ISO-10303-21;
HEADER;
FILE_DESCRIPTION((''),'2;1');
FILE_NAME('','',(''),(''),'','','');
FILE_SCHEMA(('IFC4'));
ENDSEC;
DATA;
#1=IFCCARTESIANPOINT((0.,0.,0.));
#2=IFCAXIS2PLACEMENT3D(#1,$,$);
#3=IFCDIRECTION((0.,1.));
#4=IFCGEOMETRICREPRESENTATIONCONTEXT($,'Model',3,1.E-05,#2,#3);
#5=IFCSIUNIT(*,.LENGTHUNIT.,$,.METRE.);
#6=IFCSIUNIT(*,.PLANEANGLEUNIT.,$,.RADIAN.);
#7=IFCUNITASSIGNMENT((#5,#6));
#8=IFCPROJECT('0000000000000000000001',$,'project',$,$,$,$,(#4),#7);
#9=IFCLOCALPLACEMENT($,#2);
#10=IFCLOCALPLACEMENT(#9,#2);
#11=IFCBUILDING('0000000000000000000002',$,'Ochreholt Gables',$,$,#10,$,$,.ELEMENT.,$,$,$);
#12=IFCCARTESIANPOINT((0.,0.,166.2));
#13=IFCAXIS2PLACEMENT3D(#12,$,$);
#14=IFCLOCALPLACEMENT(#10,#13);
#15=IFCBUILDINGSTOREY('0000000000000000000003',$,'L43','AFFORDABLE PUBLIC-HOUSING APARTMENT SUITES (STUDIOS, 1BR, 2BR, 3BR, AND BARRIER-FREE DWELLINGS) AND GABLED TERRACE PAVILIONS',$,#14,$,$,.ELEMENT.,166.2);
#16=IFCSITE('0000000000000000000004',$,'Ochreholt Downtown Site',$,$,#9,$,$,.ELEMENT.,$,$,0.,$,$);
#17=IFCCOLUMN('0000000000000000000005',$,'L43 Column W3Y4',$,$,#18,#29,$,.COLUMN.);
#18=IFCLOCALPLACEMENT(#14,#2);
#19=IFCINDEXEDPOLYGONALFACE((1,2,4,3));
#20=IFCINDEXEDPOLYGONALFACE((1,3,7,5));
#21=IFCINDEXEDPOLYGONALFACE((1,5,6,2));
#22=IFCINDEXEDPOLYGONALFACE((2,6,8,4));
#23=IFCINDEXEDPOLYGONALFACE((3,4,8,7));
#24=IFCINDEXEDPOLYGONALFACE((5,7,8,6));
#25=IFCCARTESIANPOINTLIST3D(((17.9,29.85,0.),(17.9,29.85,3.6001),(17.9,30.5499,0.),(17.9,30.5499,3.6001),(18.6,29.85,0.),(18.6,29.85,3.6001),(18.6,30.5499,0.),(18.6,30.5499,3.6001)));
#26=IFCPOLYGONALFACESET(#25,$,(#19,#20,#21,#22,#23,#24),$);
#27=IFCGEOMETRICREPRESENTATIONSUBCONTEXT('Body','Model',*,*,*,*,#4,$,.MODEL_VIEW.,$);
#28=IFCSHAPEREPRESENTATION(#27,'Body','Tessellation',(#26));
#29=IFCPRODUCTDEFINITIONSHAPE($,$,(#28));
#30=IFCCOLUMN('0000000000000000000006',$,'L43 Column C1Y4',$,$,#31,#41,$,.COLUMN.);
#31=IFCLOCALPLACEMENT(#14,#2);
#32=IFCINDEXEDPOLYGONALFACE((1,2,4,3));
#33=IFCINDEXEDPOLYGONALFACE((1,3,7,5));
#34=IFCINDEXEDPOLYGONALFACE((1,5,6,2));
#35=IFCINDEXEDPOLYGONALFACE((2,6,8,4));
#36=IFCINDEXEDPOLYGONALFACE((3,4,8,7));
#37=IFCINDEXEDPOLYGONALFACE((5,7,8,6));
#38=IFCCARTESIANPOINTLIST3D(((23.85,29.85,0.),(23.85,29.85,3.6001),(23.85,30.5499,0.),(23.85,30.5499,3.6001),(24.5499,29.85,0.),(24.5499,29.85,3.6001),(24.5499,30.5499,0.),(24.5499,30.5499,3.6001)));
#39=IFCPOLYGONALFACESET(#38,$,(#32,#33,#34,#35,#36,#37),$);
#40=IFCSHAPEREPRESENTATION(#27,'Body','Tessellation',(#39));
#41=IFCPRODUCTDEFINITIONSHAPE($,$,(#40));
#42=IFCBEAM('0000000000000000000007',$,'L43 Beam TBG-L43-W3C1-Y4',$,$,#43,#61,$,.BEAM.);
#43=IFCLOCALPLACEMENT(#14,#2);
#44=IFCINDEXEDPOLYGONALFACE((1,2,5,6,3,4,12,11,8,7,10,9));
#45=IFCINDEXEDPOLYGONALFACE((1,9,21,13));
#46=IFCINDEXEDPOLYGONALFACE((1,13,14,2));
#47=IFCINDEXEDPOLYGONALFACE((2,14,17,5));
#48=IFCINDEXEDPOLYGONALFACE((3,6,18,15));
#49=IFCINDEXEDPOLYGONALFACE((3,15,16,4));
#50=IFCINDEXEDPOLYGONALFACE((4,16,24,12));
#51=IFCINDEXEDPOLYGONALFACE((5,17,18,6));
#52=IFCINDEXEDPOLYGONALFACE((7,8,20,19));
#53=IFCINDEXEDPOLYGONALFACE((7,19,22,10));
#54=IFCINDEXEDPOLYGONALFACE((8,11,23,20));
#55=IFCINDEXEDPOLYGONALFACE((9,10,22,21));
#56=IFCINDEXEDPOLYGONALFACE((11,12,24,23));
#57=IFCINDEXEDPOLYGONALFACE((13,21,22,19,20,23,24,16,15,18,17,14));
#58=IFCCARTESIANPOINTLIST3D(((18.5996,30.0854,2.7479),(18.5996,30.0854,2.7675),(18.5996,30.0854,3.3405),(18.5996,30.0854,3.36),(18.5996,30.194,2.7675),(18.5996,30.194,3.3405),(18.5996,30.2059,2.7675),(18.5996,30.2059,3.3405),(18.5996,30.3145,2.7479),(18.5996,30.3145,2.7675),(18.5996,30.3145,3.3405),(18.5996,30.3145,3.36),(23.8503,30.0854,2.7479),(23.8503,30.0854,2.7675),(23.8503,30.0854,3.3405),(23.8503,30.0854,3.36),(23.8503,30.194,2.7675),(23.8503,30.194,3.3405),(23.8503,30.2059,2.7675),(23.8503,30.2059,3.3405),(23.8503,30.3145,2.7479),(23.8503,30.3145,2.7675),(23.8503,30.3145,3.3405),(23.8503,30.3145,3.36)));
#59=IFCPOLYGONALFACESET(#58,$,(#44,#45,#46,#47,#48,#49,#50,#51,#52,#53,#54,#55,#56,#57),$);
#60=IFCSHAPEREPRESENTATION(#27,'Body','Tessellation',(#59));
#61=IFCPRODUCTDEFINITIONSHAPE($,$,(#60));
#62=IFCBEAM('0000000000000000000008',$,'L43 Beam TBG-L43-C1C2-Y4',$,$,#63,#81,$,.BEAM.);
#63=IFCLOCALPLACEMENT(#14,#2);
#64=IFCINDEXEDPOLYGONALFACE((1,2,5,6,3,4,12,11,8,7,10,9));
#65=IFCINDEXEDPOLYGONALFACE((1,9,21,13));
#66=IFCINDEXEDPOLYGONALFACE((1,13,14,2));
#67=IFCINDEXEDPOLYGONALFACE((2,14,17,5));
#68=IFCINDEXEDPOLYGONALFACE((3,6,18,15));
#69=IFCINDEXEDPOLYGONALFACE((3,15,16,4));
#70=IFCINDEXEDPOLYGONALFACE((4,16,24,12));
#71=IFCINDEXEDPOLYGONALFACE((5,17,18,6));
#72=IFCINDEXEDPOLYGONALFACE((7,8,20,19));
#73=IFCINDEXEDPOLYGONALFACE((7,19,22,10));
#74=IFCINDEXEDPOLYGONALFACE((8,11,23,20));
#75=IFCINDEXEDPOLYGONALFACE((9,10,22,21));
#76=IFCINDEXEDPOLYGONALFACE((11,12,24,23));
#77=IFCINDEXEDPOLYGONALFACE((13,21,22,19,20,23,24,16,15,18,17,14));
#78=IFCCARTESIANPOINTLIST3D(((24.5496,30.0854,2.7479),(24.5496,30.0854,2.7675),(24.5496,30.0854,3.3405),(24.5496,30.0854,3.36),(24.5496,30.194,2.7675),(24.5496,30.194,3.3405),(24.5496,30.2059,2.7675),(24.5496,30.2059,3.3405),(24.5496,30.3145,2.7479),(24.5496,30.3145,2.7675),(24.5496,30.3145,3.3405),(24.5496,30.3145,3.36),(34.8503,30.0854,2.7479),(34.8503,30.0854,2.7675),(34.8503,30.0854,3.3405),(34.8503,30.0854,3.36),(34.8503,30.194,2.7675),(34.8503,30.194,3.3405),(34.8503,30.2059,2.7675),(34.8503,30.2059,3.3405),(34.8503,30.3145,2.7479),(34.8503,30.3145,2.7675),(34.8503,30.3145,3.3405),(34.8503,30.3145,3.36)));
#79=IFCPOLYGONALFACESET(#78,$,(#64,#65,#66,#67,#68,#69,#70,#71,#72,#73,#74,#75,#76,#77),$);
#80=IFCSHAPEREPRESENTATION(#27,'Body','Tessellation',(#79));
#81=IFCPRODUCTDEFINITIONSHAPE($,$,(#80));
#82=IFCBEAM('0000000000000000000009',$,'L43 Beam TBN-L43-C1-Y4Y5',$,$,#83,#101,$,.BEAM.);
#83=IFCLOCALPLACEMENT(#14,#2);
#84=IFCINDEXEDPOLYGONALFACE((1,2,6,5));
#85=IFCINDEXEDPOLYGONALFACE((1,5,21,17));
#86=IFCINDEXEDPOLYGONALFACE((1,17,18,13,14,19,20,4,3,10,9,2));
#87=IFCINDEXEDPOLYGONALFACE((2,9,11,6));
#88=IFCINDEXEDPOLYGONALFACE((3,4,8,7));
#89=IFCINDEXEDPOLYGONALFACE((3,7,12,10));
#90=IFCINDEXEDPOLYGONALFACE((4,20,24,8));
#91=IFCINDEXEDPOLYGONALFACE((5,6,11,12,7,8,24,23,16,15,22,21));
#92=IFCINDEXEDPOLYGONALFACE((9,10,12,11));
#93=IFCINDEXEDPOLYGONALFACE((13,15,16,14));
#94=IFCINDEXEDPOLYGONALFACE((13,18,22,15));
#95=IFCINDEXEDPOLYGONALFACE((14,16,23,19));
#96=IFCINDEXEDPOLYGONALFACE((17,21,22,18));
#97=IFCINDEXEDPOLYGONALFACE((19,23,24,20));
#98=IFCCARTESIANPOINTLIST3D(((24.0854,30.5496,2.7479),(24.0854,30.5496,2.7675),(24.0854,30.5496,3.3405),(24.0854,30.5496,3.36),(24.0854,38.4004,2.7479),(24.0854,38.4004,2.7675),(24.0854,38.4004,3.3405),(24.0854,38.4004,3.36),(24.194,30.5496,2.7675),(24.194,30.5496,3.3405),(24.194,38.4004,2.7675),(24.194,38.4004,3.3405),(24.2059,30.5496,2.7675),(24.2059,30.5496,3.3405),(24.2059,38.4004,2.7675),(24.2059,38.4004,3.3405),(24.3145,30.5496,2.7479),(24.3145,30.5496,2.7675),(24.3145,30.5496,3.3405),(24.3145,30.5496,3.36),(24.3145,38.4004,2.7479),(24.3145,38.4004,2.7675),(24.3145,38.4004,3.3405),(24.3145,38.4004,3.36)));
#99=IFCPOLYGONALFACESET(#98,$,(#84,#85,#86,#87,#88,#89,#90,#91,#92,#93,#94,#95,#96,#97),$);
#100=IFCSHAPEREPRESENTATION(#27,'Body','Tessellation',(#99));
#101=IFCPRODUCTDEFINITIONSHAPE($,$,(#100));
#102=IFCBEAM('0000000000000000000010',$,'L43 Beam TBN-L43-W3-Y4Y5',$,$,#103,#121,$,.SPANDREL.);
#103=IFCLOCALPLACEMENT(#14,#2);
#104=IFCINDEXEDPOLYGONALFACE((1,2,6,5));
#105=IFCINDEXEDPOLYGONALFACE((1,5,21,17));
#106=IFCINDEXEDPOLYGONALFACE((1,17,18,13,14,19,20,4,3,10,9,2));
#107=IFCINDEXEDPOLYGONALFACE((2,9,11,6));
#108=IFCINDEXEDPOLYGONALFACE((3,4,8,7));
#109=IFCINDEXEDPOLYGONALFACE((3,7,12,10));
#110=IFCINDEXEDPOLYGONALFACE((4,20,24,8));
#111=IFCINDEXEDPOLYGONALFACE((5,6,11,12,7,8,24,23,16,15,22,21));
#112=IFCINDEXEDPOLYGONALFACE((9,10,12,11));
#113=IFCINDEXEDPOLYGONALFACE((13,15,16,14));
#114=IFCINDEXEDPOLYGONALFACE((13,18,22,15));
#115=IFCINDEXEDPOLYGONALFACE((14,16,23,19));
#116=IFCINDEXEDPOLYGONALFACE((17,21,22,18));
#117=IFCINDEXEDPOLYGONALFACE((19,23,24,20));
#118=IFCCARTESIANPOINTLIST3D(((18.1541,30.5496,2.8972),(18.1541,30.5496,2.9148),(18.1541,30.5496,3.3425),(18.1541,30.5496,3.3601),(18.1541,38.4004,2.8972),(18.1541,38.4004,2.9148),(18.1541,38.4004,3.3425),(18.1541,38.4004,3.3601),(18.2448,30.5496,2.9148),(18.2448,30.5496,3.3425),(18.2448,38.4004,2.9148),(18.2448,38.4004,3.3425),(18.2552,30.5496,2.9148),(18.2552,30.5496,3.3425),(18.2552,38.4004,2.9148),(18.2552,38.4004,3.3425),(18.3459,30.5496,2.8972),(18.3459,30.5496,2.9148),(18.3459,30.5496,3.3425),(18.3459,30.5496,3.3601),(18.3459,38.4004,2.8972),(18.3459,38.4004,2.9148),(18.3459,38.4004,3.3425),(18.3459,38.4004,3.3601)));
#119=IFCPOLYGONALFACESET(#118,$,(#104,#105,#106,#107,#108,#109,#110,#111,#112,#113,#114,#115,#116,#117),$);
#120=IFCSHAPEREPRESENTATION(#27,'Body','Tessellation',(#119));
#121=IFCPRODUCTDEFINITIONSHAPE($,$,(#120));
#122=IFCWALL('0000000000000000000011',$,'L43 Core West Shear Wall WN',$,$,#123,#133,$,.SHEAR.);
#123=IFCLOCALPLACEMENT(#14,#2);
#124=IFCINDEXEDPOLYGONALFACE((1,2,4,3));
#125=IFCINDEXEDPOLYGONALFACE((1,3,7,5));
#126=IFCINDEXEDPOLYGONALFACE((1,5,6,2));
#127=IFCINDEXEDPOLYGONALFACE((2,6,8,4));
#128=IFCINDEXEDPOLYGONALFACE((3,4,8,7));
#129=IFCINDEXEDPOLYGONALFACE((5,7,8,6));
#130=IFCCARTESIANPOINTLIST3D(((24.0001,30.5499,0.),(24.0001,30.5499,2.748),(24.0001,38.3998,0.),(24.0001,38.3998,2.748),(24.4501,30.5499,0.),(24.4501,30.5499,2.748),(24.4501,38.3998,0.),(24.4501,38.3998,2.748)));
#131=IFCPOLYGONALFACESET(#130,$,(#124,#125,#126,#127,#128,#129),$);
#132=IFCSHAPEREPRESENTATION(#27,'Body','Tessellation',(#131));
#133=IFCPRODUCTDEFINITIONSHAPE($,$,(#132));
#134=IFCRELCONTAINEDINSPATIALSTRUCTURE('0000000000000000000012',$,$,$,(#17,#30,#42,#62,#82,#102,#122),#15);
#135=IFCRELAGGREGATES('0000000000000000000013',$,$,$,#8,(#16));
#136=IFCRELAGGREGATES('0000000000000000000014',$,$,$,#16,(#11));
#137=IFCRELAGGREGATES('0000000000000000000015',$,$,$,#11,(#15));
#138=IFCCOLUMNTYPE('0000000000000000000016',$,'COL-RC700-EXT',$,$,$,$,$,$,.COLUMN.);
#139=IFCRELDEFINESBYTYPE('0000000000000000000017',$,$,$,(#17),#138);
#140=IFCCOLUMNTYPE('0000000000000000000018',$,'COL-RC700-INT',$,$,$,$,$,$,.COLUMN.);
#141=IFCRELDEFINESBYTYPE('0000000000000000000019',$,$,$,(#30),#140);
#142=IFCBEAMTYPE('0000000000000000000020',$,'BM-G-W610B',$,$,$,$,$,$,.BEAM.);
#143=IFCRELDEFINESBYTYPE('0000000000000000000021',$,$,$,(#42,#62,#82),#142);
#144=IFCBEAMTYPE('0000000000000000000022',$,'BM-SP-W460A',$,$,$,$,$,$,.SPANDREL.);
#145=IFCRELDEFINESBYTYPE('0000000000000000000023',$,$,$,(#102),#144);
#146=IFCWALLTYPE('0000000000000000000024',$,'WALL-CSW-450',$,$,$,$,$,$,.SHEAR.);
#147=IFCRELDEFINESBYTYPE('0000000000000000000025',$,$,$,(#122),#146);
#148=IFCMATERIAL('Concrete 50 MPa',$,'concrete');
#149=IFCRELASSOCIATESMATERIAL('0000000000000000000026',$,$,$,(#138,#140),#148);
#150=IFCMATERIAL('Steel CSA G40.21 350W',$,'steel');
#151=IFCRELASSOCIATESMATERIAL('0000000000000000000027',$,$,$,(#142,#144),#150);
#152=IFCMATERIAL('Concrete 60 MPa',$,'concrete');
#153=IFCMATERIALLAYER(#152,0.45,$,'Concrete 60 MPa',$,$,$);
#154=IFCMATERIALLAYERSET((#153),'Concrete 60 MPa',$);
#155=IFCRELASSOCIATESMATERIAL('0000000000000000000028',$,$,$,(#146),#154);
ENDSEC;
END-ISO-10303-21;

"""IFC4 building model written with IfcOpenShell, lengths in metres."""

from ifc_helpers import new_model, si_unit, direction, frame, frame_2d, origin, origin_2d, place, context, subcontext, project, spatial, rectangle, i_section, extrude, material, layer, layer_set, material_profile, profile_set, type_object, element, save


model = new_model("IFC4")

# Units and contexts
model_context = context("Model", 3, precision=1e-05, world=origin(), true_north=direction((0.0, 1.0)))
body_context = subcontext(model_context, "Body", "Model", "MODEL_VIEW")
ifc_project = project(units=[si_unit("LENGTHUNIT", "METRE"), si_unit("PLANEANGLEUNIT", "RADIAN")], contexts=[model_context])

# Site, building, storey
site_placement = place(None, origin())
site = spatial("IfcSite", under=ifc_project, at=site_placement, Name="Ochreholt Downtown Site", CompositionType="ELEMENT", RefElevation=0.0)
building_placement = place(site_placement, origin())
building = spatial("IfcBuilding", under=site, at=building_placement, Name="Ochreholt Gables", CompositionType="ELEMENT")
storey_placement = place(building_placement, frame((0.0, 0.0, 166.2)))
storey = spatial("IfcBuildingStorey", under=building, at=storey_placement, Name="L43", Description="AFFORDABLE PUBLIC-HOUSING APARTMENT SUITES (STUDIOS, 1BR, 2BR, 3BR, AND BARRIER-FREE DWELLINGS) AND GABLED TERRACE PAVILIONS", CompositionType="ELEMENT", Elevation=166.2)

# Columns
ifc_material_1 = material(Name="Concrete 50 MPa", Category="concrete")
ifc_material_profile_1 = material_profile(ifc_material_1, rectangle(XDim=0.7, YDim=0.7, at=origin_2d()), Name="RC700X700")
ifc_profile_set_1 = profile_set([ifc_material_profile_1], Name="Concrete 50 MPa")
column_type_1 = type_object("IfcColumnType", Name="COL-RC700-EXT", PredefinedType="COLUMN", material=ifc_profile_set_1)
column_1_placement = place(storey_placement, frame((18.25, 30.2, 0.0), z_axis=(0.0, 0.0, 1.0), x_axis=(1.0, 0.0, 0.0)))
element("IfcColumn", 1, at=column_1_placement, inside=storey, type_object=column_type_1, Name="L43 Column W3Y4", PredefinedType="COLUMN", context=body_context, shape_type="SweptSolid", body=[
    extrude(rectangle(XDim=0.7, YDim=0.7, at=origin_2d()), origin(), (0.0, 0.0, 1.0), 3.6001),
])
ifc_material_profile_2 = material_profile(ifc_material_1, rectangle(XDim=0.7, YDim=0.7, at=origin_2d()), Name="RC700X700")
ifc_profile_set_2 = profile_set([ifc_material_profile_2], Name="Concrete 50 MPa")
column_type_2 = type_object("IfcColumnType", Name="COL-RC700-INT", PredefinedType="COLUMN", material=ifc_profile_set_2)
column_2_placement = place(storey_placement, frame((24.2, 30.2, 0.0), z_axis=(0.0, 0.0, 1.0), x_axis=(1.0, 0.0, 0.0)))
element("IfcColumn", 2, at=column_2_placement, inside=storey, type_object=column_type_2, Name="L43 Column C1Y4", PredefinedType="COLUMN", context=body_context, shape_type="SweptSolid", body=[
    extrude(rectangle(XDim=0.7, YDim=0.7, at=origin_2d()), origin(), (0.0, 0.0, 1.0), 3.6001),
])

# Beams
ifc_material_2 = material(Name="Steel CSA G40.21 350W", Category="steel")
ifc_material_profile_3 = material_profile(ifc_material_2, i_section(OverallWidth=0.229, OverallDepth=0.6121, WebThickness=0.012, FlangeThickness=0.0195, at=origin_2d()), Name="W610X125")
ifc_profile_set_3 = profile_set([ifc_material_profile_3], Name="Steel CSA G40.21 350W")
beam_type_1 = type_object("IfcBeamType", Name="BM-G-W610B", PredefinedType="BEAM", material=ifc_profile_set_3)
beam_1_placement = place(storey_placement, frame((18.5996, 30.2, 3.054), z_axis=(1.0, 0.0, 0.0), x_axis=(0.0, 1.0, 0.0)))
element("IfcBeam", 3, at=beam_1_placement, inside=storey, type_object=beam_type_1, Name="L43 Beam TBG-L43-W3C1-Y4", PredefinedType="BEAM", context=body_context, shape_type="SweptSolid", body=[
    extrude(i_section(OverallWidth=0.229, OverallDepth=0.6121, WebThickness=0.012, FlangeThickness=0.0195, at=origin_2d()), origin(), (0.0, 0.0, 1.0), 5.2507),
])
beam_2_placement = place(storey_placement, frame((24.5496, 30.2, 3.054), z_axis=(1.0, 0.0, 0.0), x_axis=(0.0, 1.0, 0.0)))
element("IfcBeam", 4, at=beam_2_placement, inside=storey, type_object=beam_type_1, Name="L43 Beam TBG-L43-C1C2-Y4", PredefinedType="BEAM", context=body_context, shape_type="SweptSolid", body=[
    extrude(i_section(OverallWidth=0.229, OverallDepth=0.6121, WebThickness=0.012, FlangeThickness=0.0195, at=origin_2d()), origin(), (0.0, 0.0, 1.0), 10.3008),
])
beam_3_placement = place(storey_placement, frame((24.2, 30.5496, 3.054), z_axis=(0.0, 1.0, 0.0), x_axis=(-1.0, 0.0, 0.0)))
element("IfcBeam", 5, at=beam_3_placement, inside=storey, type_object=beam_type_1, Name="L43 Beam TBN-L43-C1-Y4Y5", PredefinedType="BEAM", context=body_context, shape_type="SweptSolid", body=[
    extrude(i_section(OverallWidth=0.229, OverallDepth=0.6121, WebThickness=0.012, FlangeThickness=0.0195, at=origin_2d()), origin(), (0.0, 0.0, 1.0), 7.8508),
])
ifc_material_profile_4 = material_profile(ifc_material_2, i_section(OverallWidth=0.1919, OverallDepth=0.4629, WebThickness=0.0105, FlangeThickness=0.0176, at=origin_2d()), Name="W460X89")
ifc_profile_set_4 = profile_set([ifc_material_profile_4], Name="Steel CSA G40.21 350W")
beam_type_2 = type_object("IfcBeamType", Name="BM-SP-W460A", PredefinedType="SPANDREL", material=ifc_profile_set_4)
beam_4_placement = place(storey_placement, frame((18.25, 30.5496, 3.1287), z_axis=(0.0, 1.0, 0.0), x_axis=(-1.0, 0.0, 0.0)))
element("IfcBeam", 6, at=beam_4_placement, inside=storey, type_object=beam_type_2, Name="L43 Beam TBN-L43-W3-Y4Y5", PredefinedType="SPANDREL", context=body_context, shape_type="SweptSolid", body=[
    extrude(i_section(OverallWidth=0.1919, OverallDepth=0.4629, WebThickness=0.0105, FlangeThickness=0.0176, at=origin_2d()), origin(), (0.0, 0.0, 1.0), 7.8508),
])

# Wall
ifc_material_3 = material(Name="Concrete 60 MPa", Category="concrete")
ifc_layer_1 = layer(ifc_material_3, 0.45, Name="Concrete 60 MPa")
ifc_layer_set_1 = layer_set([ifc_layer_1], Name="Concrete 60 MPa")
wall_type_1 = type_object("IfcWallType", Name="WALL-CSW-450", PredefinedType="SHEAR", material=ifc_layer_set_1)
wall_1_placement = place(storey_placement, frame((24.2251, 30.55, 0.0), z_axis=(0.0, 0.0, 1.0), x_axis=(0.0, 1.0, 0.0)))
element("IfcWall", 7, at=wall_1_placement, inside=storey, type_object=wall_type_1, Name="L43 Core West Shear Wall WN", PredefinedType="SHEAR", context=body_context, shape_type="SweptSolid", body=[
    extrude(rectangle(XDim=7.8499, YDim=0.45, at=frame_2d((3.9248, 0.0))), origin(), (0.0, 0.0, 1.0), 2.748),
])

save(model, "model.ifc")
